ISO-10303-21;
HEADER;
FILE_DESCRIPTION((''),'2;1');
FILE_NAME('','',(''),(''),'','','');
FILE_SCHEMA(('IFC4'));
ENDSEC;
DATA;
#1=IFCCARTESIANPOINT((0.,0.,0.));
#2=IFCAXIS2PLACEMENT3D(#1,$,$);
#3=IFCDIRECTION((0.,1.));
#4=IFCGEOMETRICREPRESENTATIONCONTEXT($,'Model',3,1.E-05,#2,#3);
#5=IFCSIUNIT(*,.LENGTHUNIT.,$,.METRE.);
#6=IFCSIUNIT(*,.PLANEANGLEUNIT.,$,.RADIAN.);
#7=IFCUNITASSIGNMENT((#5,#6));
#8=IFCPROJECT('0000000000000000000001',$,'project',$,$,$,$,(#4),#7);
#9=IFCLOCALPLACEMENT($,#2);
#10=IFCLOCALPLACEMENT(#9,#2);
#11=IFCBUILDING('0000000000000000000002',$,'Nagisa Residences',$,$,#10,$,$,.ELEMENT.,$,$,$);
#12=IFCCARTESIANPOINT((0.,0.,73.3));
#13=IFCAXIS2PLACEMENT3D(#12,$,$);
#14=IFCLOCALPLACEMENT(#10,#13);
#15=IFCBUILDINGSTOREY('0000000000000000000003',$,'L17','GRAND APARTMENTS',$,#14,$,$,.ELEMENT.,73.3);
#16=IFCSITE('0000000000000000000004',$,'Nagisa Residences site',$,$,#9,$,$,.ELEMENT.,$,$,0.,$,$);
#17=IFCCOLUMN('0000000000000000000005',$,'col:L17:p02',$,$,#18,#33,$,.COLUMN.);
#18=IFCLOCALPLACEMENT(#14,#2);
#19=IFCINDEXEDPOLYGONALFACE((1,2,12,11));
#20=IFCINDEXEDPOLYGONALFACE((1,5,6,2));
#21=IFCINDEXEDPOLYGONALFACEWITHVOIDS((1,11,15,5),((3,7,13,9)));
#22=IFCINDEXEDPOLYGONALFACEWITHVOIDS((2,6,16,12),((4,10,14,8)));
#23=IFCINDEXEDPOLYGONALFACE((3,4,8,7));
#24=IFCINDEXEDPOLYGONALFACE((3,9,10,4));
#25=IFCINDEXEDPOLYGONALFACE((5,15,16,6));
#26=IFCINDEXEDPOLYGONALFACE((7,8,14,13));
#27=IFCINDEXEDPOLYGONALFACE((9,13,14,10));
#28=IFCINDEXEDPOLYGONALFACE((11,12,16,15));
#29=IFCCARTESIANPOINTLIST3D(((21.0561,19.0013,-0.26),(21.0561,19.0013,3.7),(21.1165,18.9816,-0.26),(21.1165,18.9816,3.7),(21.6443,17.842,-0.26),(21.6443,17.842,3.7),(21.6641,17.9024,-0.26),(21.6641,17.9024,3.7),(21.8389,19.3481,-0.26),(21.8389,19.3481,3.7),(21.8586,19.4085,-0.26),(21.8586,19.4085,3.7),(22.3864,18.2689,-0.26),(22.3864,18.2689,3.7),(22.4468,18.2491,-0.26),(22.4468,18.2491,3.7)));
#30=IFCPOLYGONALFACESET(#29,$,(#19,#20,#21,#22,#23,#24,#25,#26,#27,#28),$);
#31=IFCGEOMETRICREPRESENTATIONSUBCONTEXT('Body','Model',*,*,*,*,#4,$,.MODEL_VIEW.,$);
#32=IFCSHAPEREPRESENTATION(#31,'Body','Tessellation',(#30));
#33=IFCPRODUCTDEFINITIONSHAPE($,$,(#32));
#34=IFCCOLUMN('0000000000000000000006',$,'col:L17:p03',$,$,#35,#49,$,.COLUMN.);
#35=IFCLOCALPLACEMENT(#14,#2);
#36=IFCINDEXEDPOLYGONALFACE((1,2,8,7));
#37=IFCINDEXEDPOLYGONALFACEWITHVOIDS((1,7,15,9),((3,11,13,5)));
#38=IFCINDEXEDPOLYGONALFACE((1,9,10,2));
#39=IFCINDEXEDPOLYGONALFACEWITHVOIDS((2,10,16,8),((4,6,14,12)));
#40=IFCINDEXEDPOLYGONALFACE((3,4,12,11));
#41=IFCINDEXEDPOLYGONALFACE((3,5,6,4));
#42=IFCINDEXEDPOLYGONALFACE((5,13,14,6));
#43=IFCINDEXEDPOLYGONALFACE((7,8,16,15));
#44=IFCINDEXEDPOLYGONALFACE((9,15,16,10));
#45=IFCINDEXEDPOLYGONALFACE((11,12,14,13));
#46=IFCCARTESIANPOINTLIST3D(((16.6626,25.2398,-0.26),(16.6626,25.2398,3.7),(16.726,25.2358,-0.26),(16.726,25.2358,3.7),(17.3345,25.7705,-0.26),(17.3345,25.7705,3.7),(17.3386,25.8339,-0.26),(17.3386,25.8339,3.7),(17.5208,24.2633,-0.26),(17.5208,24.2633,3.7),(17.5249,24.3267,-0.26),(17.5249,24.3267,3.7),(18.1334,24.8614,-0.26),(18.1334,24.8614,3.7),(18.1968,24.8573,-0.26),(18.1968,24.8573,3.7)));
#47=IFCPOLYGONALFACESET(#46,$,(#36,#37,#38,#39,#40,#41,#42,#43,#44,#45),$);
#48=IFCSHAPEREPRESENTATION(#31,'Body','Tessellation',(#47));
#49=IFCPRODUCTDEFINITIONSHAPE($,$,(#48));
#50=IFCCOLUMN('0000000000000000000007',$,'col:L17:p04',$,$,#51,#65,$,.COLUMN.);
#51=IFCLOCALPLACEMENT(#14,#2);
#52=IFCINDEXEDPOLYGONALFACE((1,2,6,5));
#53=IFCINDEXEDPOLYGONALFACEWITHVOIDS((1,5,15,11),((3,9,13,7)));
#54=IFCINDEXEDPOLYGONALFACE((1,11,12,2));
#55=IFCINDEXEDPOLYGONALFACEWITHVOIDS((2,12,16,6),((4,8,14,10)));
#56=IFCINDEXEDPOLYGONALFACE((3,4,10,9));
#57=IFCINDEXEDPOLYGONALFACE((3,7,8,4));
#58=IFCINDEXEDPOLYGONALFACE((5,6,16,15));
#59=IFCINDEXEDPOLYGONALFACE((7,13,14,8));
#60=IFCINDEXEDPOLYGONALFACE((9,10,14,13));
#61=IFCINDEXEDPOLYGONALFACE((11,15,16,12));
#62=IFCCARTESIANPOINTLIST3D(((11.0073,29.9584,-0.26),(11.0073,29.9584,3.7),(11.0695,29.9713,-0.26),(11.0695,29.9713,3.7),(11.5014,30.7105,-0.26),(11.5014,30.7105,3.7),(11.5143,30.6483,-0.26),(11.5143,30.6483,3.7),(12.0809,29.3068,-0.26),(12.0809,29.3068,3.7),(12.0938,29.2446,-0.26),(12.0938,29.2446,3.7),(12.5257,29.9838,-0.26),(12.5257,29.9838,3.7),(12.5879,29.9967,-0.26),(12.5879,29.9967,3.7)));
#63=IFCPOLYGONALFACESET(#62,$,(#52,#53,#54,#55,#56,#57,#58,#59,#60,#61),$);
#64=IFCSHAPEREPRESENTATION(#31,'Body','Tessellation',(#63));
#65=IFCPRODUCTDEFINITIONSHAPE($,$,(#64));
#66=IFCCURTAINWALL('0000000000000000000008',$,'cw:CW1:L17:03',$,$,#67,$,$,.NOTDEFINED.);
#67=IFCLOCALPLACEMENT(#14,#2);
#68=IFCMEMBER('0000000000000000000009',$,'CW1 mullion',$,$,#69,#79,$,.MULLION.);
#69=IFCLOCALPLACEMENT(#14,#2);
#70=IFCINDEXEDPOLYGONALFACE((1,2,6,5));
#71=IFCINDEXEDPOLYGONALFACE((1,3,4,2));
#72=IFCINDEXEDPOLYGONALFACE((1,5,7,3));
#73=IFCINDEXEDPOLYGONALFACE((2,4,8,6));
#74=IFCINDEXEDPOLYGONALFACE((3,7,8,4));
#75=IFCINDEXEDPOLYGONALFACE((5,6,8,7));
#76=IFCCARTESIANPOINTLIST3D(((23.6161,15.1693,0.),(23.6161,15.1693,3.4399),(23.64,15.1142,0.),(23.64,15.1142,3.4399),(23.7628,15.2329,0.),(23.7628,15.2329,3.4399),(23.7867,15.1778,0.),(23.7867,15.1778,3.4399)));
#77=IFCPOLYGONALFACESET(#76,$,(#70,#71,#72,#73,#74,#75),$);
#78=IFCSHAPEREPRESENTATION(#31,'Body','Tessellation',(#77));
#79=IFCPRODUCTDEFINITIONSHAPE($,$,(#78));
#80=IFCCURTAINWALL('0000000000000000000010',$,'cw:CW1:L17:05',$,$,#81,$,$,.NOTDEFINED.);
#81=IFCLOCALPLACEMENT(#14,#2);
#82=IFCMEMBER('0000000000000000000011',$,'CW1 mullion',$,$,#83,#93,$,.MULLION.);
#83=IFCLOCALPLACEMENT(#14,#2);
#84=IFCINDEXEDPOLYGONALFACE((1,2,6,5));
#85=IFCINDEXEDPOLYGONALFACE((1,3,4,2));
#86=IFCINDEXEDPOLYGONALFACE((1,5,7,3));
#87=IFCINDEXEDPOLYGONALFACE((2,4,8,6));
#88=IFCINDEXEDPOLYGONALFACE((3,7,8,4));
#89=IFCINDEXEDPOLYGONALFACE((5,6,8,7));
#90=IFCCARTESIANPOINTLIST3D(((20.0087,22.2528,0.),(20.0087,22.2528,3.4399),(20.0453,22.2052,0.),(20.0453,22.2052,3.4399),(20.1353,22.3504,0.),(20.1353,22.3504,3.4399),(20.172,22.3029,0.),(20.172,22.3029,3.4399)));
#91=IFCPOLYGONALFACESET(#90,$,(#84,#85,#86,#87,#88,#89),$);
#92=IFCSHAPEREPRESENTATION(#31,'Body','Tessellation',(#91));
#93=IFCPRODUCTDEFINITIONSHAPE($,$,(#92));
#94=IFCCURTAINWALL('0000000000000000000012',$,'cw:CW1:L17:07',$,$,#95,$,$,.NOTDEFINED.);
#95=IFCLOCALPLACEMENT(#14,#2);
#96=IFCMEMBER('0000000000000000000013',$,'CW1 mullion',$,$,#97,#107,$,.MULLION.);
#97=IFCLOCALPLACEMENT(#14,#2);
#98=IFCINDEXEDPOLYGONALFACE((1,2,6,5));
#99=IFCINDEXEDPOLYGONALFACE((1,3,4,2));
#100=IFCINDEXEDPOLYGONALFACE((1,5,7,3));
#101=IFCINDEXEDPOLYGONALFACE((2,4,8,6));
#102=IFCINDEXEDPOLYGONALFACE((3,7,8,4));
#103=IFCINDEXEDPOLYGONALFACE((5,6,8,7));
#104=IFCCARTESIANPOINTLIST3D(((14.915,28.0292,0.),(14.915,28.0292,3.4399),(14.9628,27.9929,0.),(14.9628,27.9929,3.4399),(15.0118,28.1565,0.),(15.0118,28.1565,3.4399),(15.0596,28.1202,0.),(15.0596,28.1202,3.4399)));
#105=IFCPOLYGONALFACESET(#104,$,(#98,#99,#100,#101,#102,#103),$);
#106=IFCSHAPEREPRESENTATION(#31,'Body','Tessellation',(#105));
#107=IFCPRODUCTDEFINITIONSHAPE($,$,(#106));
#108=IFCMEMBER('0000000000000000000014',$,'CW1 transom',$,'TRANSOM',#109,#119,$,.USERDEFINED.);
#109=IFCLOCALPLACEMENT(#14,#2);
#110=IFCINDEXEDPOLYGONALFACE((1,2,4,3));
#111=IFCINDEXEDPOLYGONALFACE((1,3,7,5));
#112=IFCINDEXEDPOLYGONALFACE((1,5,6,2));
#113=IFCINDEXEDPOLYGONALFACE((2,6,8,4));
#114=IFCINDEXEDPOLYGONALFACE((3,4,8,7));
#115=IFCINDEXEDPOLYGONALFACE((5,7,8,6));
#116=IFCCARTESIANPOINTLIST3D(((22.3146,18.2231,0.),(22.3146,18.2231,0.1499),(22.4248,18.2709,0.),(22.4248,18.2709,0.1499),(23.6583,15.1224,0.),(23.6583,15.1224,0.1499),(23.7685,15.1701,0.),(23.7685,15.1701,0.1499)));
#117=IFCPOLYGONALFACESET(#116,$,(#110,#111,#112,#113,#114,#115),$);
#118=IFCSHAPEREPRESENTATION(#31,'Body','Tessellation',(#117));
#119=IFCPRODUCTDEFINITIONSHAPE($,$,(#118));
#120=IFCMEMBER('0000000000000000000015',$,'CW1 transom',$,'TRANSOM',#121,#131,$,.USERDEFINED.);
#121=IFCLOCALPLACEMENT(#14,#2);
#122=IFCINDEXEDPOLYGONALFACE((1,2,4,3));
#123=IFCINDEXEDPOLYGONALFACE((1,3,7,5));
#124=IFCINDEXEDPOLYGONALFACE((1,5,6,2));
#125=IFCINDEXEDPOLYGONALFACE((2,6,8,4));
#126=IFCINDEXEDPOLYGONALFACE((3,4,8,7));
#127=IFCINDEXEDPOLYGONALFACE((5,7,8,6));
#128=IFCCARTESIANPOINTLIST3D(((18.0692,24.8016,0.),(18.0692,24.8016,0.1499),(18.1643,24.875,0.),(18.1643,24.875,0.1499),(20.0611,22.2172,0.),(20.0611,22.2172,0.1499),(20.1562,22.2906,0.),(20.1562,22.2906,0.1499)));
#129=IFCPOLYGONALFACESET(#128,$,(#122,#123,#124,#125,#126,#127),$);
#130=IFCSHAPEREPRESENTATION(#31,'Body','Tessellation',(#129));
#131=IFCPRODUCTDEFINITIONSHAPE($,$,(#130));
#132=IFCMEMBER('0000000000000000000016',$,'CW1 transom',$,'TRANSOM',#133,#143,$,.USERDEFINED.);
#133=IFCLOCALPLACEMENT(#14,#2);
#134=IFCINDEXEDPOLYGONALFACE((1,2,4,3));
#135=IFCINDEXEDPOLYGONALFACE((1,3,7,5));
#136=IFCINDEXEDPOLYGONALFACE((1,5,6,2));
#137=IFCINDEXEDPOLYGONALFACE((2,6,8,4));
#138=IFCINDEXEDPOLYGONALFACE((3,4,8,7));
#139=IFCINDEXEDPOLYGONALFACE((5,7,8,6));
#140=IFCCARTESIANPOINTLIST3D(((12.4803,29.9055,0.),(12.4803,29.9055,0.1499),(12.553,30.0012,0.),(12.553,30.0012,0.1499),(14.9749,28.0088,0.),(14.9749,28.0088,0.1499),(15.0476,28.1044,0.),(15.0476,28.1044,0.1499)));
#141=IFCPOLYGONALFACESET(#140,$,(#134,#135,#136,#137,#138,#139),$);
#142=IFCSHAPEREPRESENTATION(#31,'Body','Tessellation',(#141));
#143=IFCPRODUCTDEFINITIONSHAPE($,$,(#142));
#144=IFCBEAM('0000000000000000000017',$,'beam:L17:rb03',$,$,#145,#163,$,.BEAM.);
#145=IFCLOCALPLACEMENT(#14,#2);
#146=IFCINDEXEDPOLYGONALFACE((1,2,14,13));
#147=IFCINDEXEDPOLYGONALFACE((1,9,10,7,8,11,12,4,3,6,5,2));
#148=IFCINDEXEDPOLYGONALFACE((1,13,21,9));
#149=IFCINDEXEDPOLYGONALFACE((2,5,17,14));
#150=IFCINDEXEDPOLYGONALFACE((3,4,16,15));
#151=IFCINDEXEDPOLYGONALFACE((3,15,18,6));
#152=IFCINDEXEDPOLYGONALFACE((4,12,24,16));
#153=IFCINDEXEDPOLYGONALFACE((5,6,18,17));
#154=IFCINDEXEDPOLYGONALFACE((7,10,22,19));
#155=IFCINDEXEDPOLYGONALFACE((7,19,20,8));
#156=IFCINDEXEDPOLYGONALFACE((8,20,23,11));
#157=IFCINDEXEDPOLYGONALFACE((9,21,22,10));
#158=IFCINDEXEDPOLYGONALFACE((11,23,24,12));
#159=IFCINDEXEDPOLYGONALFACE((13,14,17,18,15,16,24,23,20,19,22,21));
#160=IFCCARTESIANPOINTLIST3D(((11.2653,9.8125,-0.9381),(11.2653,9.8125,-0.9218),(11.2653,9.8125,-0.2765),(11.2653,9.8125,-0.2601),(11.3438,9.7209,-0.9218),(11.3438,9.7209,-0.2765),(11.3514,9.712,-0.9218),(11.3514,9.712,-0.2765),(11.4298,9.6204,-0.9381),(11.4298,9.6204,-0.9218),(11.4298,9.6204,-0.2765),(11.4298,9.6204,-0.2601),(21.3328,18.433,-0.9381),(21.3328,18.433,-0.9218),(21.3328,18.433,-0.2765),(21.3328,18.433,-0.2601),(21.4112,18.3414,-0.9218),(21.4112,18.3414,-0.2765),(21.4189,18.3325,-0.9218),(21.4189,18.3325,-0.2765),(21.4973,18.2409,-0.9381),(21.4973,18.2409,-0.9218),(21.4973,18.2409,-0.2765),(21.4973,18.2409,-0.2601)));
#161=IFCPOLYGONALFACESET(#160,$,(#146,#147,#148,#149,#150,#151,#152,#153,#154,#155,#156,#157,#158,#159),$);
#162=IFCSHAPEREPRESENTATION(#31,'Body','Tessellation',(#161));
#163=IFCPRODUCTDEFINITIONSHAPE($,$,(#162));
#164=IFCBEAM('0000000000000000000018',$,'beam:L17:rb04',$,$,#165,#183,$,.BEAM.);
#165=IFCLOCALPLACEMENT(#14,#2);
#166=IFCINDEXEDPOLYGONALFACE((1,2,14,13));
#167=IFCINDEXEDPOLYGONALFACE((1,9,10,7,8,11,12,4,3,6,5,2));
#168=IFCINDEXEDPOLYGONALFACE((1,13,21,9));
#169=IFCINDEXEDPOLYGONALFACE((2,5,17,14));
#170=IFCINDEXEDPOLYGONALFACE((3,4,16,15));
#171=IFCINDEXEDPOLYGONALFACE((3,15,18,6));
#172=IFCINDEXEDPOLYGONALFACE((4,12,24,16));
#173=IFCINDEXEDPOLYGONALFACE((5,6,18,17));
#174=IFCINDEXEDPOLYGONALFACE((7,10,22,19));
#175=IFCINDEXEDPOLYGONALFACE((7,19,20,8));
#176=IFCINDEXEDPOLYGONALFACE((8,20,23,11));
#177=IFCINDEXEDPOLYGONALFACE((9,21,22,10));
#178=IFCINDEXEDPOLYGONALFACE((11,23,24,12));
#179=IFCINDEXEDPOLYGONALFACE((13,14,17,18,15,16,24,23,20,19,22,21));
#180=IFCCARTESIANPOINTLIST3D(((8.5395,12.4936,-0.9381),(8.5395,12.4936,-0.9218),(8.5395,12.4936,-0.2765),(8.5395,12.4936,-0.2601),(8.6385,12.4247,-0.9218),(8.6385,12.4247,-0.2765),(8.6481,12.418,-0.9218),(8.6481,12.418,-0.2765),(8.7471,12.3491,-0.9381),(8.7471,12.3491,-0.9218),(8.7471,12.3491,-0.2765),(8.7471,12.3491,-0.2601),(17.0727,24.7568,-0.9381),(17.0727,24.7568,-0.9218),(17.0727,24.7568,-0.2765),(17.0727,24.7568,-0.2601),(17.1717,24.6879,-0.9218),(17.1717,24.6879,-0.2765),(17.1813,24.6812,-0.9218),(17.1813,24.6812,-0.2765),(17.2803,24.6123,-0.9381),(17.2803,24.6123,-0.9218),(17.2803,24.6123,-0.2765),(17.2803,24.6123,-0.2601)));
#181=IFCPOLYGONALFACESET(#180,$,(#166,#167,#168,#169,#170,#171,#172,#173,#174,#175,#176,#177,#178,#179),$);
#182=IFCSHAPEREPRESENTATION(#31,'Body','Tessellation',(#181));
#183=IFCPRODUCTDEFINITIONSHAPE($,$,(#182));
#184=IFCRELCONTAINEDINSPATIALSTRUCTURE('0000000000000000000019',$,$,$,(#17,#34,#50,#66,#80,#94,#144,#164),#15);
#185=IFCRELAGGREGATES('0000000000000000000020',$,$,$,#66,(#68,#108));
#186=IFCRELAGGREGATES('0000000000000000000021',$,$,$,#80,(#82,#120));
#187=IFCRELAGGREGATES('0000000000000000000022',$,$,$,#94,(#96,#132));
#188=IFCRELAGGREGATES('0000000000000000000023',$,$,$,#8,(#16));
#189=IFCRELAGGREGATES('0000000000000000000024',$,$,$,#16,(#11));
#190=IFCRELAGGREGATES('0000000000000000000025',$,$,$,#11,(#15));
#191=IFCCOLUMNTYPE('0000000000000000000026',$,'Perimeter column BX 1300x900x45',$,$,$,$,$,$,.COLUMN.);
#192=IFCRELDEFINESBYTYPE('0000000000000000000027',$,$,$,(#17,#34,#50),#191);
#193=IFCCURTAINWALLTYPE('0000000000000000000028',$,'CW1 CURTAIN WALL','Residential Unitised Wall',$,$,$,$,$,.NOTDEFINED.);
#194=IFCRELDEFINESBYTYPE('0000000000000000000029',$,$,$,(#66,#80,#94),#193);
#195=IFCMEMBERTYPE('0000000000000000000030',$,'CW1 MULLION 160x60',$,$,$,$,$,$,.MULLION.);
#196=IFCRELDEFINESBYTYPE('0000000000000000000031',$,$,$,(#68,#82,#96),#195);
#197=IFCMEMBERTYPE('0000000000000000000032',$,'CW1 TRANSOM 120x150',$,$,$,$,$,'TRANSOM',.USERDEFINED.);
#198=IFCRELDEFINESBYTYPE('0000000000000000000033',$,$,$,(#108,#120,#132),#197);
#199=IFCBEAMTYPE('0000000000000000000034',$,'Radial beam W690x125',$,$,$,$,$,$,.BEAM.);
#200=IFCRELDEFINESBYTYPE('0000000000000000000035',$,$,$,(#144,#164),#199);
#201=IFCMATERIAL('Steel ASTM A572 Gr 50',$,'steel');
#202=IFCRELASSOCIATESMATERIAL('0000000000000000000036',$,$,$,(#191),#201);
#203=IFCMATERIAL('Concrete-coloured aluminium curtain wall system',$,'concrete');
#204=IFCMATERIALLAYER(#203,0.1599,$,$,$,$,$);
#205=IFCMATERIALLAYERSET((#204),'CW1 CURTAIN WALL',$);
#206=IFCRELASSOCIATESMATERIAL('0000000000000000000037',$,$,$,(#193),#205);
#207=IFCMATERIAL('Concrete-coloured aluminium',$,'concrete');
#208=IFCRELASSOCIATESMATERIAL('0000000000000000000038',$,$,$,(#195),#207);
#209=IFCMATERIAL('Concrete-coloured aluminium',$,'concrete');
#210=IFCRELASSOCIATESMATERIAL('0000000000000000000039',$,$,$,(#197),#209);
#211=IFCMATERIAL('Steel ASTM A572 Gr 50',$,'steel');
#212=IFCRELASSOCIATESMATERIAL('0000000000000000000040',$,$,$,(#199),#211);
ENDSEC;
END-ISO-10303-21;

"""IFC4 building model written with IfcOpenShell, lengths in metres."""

from ifc_helpers import new_model, si_unit, direction, frame, origin, origin_2d, place, context, subcontext, project, spatial, rectangle, hollow_rectangle, i_section, extrude, material, layer, layer_set, material_profile, profile_set, type_object, element, aggregate, save


model = new_model("IFC4")

# Units and contexts
model_context = context("Model", 3, precision=1e-05, world=origin(), true_north=direction((0.0, 1.0)))
body_context = subcontext(model_context, "Body", "Model", "MODEL_VIEW")
ifc_project = project(units=[si_unit("LENGTHUNIT", "METRE"), si_unit("PLANEANGLEUNIT", "RADIAN")], contexts=[model_context])

# Site, building, storey
site_placement = place(None, origin())
site = spatial("IfcSite", under=ifc_project, at=site_placement, Name="Nagisa Residences site", CompositionType="ELEMENT", RefElevation=0.0)
building_placement = place(site_placement, origin())
building = spatial("IfcBuilding", under=site, at=building_placement, Name="Nagisa Residences", CompositionType="ELEMENT")
storey_placement = place(building_placement, frame((0.0, 0.0, 73.3)))
storey = spatial("IfcBuildingStorey", under=building, at=storey_placement, Name="L17", Description="GRAND APARTMENTS", CompositionType="ELEMENT", Elevation=73.3)

# Columns
ifc_material_1 = material(Name="Steel ASTM A572 Gr 50", Category="steel")
ifc_material_profile_1 = material_profile(ifc_material_1, hollow_rectangle(XDim=1.3, YDim=0.8999, WallThickness=0.0449, at=origin_2d()), Name="BX 1300x900x45")
ifc_profile_set_1 = profile_set([ifc_material_profile_1], Name="Steel ASTM A572 Gr 50")
column_type = type_object("IfcColumnType", Name="Perimeter column BX 1300x900x45", PredefinedType="COLUMN", material=ifc_profile_set_1)
for number, where, z_axis, x_axis, name in (
    (1, (21.7515, 18.6252, -0.26), (0.0, 0.0, 1.0), (-0.452463, 0.891783, 0.0), "col:L17:p02"),
    (2, (17.4297, 25.0486, -0.26), (0.0, 0.0, 1.0), (-0.660115, 0.751165, 0.0), "col:L17:p03"),
    (3, (11.7976, 29.9775, -0.26), (0.0, 0.0, 1.0), (-0.835766, 0.549086, 0.0), "col:L17:p04"),
):
    element("IfcColumn", number, at=place(storey_placement, frame(where, z_axis=z_axis, x_axis=x_axis)), inside=storey, type_object=column_type, Name=name, PredefinedType="COLUMN", context=body_context, shape_type="SweptSolid", body=[
        extrude(hollow_rectangle(XDim=1.3, YDim=0.8999, WallThickness=0.0449, at=origin_2d()), origin(), (0.0, 0.0, 1.0), 3.96),
    ])

# Curtain walls, members
ifc_material_2 = material(Name="Concrete-coloured aluminium curtain wall system", Category="concrete")
ifc_layer_1 = layer(ifc_material_2, 0.1599)
ifc_layer_set_1 = layer_set([ifc_layer_1], Name="CW1 CURTAIN WALL")
curtain_wall_type = type_object("IfcCurtainWallType", Name="CW1 CURTAIN WALL", Description="Residential Unitised Wall", PredefinedType="NOTDEFINED", material=ifc_layer_set_1)
curtain_wall_1_placement = place(storey_placement, origin())
curtain_wall_1 = element("IfcCurtainWall", 4, at=curtain_wall_1_placement, inside=storey, type_object=curtain_wall_type, Name="cw:CW1:L17:03", PredefinedType="NOTDEFINED")
ifc_material_3 = material(Name="Concrete-coloured aluminium", Category="concrete")
ifc_material_profile_2 = material_profile(ifc_material_3, rectangle(XDim=0.1599, YDim=0.0601, at=origin_2d()), Name="CW1 MULLION 160x60")
ifc_profile_set_2 = profile_set([ifc_material_profile_2], Name="Concrete-coloured aluminium")
member_type_1 = type_object("IfcMemberType", Name="CW1 MULLION 160x60", PredefinedType="MULLION", material=ifc_profile_set_2)
member_1_placement = place(storey_placement, frame((23.7014, 15.1736, 0.0), z_axis=(0.0, 0.0, 1.0), x_axis=(-0.917543, -0.397636, 0.0)))
member_1 = element("IfcMember", 5, at=member_1_placement, type_object=member_type_1, Name="CW1 mullion", PredefinedType="MULLION", context=body_context, shape_type="SweptSolid", body=[
    extrude(rectangle(XDim=0.1599, YDim=0.0601, at=origin_2d()), origin(), (0.0, 0.0, 1.0), 3.4399),
])
curtain_wall_2_placement = place(storey_placement, origin())
curtain_wall_2 = element("IfcCurtainWall", 6, at=curtain_wall_2_placement, inside=storey, type_object=curtain_wall_type, Name="cw:CW1:L17:05", PredefinedType="NOTDEFINED")
member_2_placement = place(storey_placement, frame((20.0903, 22.2778, 0.0), z_axis=(0.0, 0.0, 1.0), x_axis=(-0.79207, -0.61043, 0.0)))
member_2 = element("IfcMember", 7, at=member_2_placement, type_object=member_type_1, Name="CW1 mullion", PredefinedType="MULLION", context=body_context, shape_type="SweptSolid", body=[
    extrude(rectangle(XDim=0.1599, YDim=0.0601, at=origin_2d()), origin(), (0.0, 0.0, 1.0), 3.4399),
])
curtain_wall_3_placement = place(storey_placement, origin())
curtain_wall_3 = element("IfcCurtainWall", 8, at=curtain_wall_3_placement, inside=storey, type_object=curtain_wall_type, Name="cw:CW1:L17:07", PredefinedType="NOTDEFINED")
member_3_placement = place(storey_placement, frame((14.9873, 28.0747, 0.0), z_axis=(0.0, 0.0, 1.0), x_axis=(-0.605255, -0.796031, 0.0)))
member_3 = element("IfcMember", 9, at=member_3_placement, type_object=member_type_1, Name="CW1 mullion", PredefinedType="MULLION", context=body_context, shape_type="SweptSolid", body=[
    extrude(rectangle(XDim=0.1599, YDim=0.0601, at=origin_2d()), origin(), (0.0, 0.0, 1.0), 3.4399),
])

# Members
ifc_material_4 = material(Name="Concrete-coloured aluminium", Category="concrete")
ifc_material_profile_3 = material_profile(ifc_material_4, rectangle(XDim=0.1201, YDim=0.1499, at=origin_2d()), Name="CW1 TRANSOM 120x150")
ifc_profile_set_3 = profile_set([ifc_material_profile_3], Name="Concrete-coloured aluminium")
member_type_2 = type_object("IfcMemberType", Name="CW1 TRANSOM 120x150", ElementType="TRANSOM", PredefinedType="USERDEFINED", material=ifc_profile_set_3)
member_4_placement = place(storey_placement, frame((23.7134, 15.1462, 0.075), z_axis=(-0.397622, 0.917549, 0.0), x_axis=(-0.917549, -0.397622, 0.0)))
member_4 = element("IfcMember", 10, at=member_4_placement, type_object=member_type_2, Name="CW1 transom", ObjectType="TRANSOM", PredefinedType="USERDEFINED", context=body_context, shape_type="SweptSolid", body=[
    extrude(rectangle(XDim=0.1201, YDim=0.1499, at=origin_2d()), origin(), (0.0, 0.0, 1.0), 3.3794),
])
member_5_placement = place(storey_placement, frame((20.1086, 22.2539, 0.075), z_axis=(-0.610459, 0.792048, 0.0), x_axis=(-0.792048, -0.610459, 0.0)))
member_5 = element("IfcMember", 11, at=member_5_placement, type_object=member_type_2, Name="CW1 transom", ObjectType="TRANSOM", PredefinedType="USERDEFINED", context=body_context, shape_type="SweptSolid", body=[
    extrude(rectangle(XDim=0.1201, YDim=0.1499, at=origin_2d()), origin(), (0.0, 0.0, 1.0), 3.2629),
])
member_6_placement = place(storey_placement, frame((15.0112, 28.0566, 0.075), z_axis=(-0.796038, 0.605247, 0.0), x_axis=(-0.605247, -0.796038, 0.0)))
member_6 = element("IfcMember", 12, at=member_6_placement, type_object=member_type_2, Name="CW1 transom", ObjectType="TRANSOM", PredefinedType="USERDEFINED", context=body_context, shape_type="SweptSolid", body=[
    extrude(rectangle(XDim=0.1201, YDim=0.1499, at=origin_2d()), origin(), (0.0, 0.0, 1.0), 3.1338),
])

# Beams
ifc_material_5 = material(Name="Steel ASTM A572 Gr 50", Category="steel")
ifc_material_profile_4 = material_profile(ifc_material_5, i_section(OverallWidth=0.2529, OverallDepth=0.678, WebThickness=0.0117, FlangeThickness=0.0164, at=origin_2d()), Name="W690x125")
ifc_profile_set_4 = profile_set([ifc_material_profile_4], Name="Steel ASTM A572 Gr 50")
beam_type = type_object("IfcBeamType", Name="Radial beam W690x125", PredefinedType="BEAM", material=ifc_profile_set_4)
beam_1_placement = place(storey_placement, frame((21.415, 18.3369, -0.5991), z_axis=(-0.759585, -0.650407, 0.0), x_axis=(0.650407, -0.759585, 0.0)))
element("IfcBeam", 13, at=beam_1_placement, inside=storey, type_object=beam_type, Name="beam:L17:rb03", PredefinedType="BEAM", context=body_context, shape_type="SweptSolid", body=[
    extrude(i_section(OverallWidth=0.2529, OverallDepth=0.678, WebThickness=0.0117, FlangeThickness=0.0164, at=origin_2d()), origin(), (0.0, 0.0, 1.0), 13.2539),
])
beam_2_placement = place(storey_placement, frame((17.1765, 24.6846, -0.5991), z_axis=(-0.571168, -0.820833, 0.0), x_axis=(0.820833, -0.571168, 0.0)))
element("IfcBeam", 14, at=beam_2_placement, inside=storey, type_object=beam_type, Name="beam:L17:rb04", PredefinedType="BEAM", context=body_context, shape_type="SweptSolid", body=[
    extrude(i_section(OverallWidth=0.2529, OverallDepth=0.678, WebThickness=0.0117, FlangeThickness=0.0164, at=origin_2d()), origin(), (0.0, 0.0, 1.0), 14.9399),
])

aggregate(curtain_wall_1, [member_1, member_4])
aggregate(curtain_wall_2, [member_2, member_5])
aggregate(curtain_wall_3, [member_3, member_6])

save(model, "model.ifc")
